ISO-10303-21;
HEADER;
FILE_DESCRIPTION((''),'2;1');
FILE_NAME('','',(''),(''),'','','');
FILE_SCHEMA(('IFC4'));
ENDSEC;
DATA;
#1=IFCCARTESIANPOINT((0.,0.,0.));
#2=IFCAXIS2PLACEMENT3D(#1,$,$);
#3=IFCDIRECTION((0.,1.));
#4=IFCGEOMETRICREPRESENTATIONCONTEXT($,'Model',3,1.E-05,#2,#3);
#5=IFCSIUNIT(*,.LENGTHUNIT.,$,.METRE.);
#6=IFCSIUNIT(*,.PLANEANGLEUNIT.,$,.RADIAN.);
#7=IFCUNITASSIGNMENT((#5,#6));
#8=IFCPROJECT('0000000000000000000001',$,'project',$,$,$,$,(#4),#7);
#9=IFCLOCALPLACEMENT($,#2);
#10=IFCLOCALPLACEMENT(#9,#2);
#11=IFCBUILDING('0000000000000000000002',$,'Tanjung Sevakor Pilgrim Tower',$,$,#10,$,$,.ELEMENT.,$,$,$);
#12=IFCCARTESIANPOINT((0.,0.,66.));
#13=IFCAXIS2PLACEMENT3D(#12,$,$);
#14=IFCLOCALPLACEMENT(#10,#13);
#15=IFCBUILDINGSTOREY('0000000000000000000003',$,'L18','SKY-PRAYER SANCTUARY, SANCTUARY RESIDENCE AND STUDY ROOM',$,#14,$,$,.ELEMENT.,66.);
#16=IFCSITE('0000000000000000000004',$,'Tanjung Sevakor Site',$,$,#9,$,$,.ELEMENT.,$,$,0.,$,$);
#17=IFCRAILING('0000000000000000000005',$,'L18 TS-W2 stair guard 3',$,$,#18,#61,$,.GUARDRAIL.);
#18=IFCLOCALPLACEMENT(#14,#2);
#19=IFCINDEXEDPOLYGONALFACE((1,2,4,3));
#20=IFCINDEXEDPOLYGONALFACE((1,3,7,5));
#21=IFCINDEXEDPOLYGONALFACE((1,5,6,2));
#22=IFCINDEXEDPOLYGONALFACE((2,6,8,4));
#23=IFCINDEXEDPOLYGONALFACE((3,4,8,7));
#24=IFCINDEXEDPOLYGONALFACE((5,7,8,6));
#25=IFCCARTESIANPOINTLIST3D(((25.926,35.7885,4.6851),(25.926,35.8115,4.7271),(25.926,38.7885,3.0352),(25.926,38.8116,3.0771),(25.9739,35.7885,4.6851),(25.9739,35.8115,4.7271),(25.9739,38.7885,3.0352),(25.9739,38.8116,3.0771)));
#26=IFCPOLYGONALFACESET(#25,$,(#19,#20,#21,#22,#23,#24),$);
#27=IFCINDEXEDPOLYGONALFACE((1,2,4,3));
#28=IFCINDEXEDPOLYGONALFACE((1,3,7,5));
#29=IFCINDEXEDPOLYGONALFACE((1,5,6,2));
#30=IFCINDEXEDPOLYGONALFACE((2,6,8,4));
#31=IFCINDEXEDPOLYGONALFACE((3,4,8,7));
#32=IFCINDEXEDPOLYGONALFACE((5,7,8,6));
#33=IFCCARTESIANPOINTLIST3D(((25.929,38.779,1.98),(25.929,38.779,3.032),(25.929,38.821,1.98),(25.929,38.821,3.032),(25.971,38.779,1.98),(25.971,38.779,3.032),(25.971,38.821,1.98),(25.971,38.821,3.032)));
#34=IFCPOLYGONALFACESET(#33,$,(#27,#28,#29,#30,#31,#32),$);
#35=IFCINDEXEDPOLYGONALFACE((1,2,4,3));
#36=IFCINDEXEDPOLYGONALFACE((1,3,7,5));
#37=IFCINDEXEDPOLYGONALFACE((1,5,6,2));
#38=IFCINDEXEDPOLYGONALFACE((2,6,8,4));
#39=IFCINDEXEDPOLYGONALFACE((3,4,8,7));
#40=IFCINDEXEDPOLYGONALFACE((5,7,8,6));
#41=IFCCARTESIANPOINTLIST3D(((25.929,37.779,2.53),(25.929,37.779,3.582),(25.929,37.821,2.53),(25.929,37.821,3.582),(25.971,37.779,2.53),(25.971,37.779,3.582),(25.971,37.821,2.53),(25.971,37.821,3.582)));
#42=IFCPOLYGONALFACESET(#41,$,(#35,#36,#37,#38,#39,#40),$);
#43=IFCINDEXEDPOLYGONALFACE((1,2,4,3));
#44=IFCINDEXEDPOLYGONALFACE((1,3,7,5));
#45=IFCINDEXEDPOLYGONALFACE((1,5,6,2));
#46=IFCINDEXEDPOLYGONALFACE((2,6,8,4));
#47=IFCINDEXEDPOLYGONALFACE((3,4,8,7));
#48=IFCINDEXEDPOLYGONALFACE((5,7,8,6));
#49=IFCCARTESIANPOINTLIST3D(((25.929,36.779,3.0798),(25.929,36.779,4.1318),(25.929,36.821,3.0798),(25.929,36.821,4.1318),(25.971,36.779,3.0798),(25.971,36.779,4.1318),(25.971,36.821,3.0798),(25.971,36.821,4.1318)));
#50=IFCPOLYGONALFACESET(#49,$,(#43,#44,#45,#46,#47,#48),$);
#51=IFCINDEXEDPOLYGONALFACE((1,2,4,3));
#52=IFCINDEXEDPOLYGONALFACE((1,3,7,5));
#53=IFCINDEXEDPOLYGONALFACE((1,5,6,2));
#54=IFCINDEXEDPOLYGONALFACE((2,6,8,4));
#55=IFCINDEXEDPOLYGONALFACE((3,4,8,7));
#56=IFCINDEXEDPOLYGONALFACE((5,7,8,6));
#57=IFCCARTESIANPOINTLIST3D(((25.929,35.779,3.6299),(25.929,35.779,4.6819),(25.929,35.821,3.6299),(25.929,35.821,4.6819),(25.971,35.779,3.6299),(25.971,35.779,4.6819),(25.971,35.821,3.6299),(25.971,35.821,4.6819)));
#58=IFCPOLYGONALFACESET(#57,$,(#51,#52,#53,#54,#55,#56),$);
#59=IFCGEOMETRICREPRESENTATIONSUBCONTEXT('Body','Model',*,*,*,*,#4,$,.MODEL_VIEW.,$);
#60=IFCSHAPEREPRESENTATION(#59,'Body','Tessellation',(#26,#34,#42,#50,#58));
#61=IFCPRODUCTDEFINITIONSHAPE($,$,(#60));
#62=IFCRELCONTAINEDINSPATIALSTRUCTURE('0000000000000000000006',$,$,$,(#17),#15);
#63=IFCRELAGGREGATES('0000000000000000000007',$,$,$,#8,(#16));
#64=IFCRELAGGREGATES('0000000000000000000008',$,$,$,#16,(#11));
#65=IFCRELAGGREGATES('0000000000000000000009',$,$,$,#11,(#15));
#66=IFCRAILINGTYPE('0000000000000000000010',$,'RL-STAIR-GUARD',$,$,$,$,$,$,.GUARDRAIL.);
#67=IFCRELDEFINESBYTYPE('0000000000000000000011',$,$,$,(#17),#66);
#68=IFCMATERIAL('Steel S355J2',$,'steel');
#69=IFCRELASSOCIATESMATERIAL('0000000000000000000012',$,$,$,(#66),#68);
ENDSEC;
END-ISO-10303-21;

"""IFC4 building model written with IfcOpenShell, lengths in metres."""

from ifc_helpers import new_model, si_unit, direction, frame, origin, place, context, subcontext, project, spatial, rectangle, extrude, material, type_object, element, save


model = new_model("IFC4")

# Units and contexts
model_context = context("Model", 3, precision=1e-05, world=origin(), true_north=direction((0.0, 1.0)))
body_context = subcontext(model_context, "Body", "Model", "MODEL_VIEW")
ifc_project = project(units=[si_unit("LENGTHUNIT", "METRE"), si_unit("PLANEANGLEUNIT", "RADIAN")], contexts=[model_context])

# Site, building, storey
site_placement = place(None, origin())
site = spatial("IfcSite", under=ifc_project, at=site_placement, Name="Tanjung Sevakor Site", CompositionType="ELEMENT", RefElevation=0.0)
building_placement = place(site_placement, origin())
building = spatial("IfcBuilding", under=site, at=building_placement, Name="Tanjung Sevakor Pilgrim Tower", CompositionType="ELEMENT")
storey_placement = place(building_placement, frame((0.0, 0.0, 66.0)))
storey = spatial("IfcBuildingStorey", under=building, at=storey_placement, Name="L18", Description="SKY-PRAYER SANCTUARY, SANCTUARY RESIDENCE AND STUDY ROOM", CompositionType="ELEMENT", Elevation=66.0)

# Railing
ifc_material_1 = material(Name="Steel S355J2", Category="steel")
railing_type_1 = type_object("IfcRailingType", Name="RL-STAIR-GUARD", PredefinedType="GUARDRAIL", material=ifc_material_1)
railing_1_placement = place(storey_placement, frame((25.95, 38.8, 1.98)))
element("IfcRailing", 1, at=railing_1_placement, inside=storey, type_object=railing_type_1, Name="L18 TS-W2 stair guard 3", PredefinedType="GUARDRAIL", context=body_context, shape_type="SweptSolid", body=[
    extrude(rectangle(XDim=0.0479, YDim=0.0479), frame((0.0, 0.0, 1.0762), z_axis=(0.0, -0.876228, 0.481897), x_axis=(1.0, 0.0, 0.0)), (0.0, 0.0, 1.0), 3.4238),
    extrude(rectangle(XDim=0.042, YDim=0.042), origin(), (0.0, 0.0, 1.0), 1.052),
    extrude(rectangle(XDim=0.042, YDim=0.042), frame((0.0, -1.0, 0.55)), (0.0, 0.0, 1.0), 1.052),
    extrude(rectangle(XDim=0.042, YDim=0.042), frame((0.0, -2.0, 1.0999)), (0.0, 0.0, 1.0), 1.052),
    extrude(rectangle(XDim=0.042, YDim=0.042), frame((0.0, -3.0, 1.6499)), (0.0, 0.0, 1.0), 1.052),
])

save(model, "model.ifc")
